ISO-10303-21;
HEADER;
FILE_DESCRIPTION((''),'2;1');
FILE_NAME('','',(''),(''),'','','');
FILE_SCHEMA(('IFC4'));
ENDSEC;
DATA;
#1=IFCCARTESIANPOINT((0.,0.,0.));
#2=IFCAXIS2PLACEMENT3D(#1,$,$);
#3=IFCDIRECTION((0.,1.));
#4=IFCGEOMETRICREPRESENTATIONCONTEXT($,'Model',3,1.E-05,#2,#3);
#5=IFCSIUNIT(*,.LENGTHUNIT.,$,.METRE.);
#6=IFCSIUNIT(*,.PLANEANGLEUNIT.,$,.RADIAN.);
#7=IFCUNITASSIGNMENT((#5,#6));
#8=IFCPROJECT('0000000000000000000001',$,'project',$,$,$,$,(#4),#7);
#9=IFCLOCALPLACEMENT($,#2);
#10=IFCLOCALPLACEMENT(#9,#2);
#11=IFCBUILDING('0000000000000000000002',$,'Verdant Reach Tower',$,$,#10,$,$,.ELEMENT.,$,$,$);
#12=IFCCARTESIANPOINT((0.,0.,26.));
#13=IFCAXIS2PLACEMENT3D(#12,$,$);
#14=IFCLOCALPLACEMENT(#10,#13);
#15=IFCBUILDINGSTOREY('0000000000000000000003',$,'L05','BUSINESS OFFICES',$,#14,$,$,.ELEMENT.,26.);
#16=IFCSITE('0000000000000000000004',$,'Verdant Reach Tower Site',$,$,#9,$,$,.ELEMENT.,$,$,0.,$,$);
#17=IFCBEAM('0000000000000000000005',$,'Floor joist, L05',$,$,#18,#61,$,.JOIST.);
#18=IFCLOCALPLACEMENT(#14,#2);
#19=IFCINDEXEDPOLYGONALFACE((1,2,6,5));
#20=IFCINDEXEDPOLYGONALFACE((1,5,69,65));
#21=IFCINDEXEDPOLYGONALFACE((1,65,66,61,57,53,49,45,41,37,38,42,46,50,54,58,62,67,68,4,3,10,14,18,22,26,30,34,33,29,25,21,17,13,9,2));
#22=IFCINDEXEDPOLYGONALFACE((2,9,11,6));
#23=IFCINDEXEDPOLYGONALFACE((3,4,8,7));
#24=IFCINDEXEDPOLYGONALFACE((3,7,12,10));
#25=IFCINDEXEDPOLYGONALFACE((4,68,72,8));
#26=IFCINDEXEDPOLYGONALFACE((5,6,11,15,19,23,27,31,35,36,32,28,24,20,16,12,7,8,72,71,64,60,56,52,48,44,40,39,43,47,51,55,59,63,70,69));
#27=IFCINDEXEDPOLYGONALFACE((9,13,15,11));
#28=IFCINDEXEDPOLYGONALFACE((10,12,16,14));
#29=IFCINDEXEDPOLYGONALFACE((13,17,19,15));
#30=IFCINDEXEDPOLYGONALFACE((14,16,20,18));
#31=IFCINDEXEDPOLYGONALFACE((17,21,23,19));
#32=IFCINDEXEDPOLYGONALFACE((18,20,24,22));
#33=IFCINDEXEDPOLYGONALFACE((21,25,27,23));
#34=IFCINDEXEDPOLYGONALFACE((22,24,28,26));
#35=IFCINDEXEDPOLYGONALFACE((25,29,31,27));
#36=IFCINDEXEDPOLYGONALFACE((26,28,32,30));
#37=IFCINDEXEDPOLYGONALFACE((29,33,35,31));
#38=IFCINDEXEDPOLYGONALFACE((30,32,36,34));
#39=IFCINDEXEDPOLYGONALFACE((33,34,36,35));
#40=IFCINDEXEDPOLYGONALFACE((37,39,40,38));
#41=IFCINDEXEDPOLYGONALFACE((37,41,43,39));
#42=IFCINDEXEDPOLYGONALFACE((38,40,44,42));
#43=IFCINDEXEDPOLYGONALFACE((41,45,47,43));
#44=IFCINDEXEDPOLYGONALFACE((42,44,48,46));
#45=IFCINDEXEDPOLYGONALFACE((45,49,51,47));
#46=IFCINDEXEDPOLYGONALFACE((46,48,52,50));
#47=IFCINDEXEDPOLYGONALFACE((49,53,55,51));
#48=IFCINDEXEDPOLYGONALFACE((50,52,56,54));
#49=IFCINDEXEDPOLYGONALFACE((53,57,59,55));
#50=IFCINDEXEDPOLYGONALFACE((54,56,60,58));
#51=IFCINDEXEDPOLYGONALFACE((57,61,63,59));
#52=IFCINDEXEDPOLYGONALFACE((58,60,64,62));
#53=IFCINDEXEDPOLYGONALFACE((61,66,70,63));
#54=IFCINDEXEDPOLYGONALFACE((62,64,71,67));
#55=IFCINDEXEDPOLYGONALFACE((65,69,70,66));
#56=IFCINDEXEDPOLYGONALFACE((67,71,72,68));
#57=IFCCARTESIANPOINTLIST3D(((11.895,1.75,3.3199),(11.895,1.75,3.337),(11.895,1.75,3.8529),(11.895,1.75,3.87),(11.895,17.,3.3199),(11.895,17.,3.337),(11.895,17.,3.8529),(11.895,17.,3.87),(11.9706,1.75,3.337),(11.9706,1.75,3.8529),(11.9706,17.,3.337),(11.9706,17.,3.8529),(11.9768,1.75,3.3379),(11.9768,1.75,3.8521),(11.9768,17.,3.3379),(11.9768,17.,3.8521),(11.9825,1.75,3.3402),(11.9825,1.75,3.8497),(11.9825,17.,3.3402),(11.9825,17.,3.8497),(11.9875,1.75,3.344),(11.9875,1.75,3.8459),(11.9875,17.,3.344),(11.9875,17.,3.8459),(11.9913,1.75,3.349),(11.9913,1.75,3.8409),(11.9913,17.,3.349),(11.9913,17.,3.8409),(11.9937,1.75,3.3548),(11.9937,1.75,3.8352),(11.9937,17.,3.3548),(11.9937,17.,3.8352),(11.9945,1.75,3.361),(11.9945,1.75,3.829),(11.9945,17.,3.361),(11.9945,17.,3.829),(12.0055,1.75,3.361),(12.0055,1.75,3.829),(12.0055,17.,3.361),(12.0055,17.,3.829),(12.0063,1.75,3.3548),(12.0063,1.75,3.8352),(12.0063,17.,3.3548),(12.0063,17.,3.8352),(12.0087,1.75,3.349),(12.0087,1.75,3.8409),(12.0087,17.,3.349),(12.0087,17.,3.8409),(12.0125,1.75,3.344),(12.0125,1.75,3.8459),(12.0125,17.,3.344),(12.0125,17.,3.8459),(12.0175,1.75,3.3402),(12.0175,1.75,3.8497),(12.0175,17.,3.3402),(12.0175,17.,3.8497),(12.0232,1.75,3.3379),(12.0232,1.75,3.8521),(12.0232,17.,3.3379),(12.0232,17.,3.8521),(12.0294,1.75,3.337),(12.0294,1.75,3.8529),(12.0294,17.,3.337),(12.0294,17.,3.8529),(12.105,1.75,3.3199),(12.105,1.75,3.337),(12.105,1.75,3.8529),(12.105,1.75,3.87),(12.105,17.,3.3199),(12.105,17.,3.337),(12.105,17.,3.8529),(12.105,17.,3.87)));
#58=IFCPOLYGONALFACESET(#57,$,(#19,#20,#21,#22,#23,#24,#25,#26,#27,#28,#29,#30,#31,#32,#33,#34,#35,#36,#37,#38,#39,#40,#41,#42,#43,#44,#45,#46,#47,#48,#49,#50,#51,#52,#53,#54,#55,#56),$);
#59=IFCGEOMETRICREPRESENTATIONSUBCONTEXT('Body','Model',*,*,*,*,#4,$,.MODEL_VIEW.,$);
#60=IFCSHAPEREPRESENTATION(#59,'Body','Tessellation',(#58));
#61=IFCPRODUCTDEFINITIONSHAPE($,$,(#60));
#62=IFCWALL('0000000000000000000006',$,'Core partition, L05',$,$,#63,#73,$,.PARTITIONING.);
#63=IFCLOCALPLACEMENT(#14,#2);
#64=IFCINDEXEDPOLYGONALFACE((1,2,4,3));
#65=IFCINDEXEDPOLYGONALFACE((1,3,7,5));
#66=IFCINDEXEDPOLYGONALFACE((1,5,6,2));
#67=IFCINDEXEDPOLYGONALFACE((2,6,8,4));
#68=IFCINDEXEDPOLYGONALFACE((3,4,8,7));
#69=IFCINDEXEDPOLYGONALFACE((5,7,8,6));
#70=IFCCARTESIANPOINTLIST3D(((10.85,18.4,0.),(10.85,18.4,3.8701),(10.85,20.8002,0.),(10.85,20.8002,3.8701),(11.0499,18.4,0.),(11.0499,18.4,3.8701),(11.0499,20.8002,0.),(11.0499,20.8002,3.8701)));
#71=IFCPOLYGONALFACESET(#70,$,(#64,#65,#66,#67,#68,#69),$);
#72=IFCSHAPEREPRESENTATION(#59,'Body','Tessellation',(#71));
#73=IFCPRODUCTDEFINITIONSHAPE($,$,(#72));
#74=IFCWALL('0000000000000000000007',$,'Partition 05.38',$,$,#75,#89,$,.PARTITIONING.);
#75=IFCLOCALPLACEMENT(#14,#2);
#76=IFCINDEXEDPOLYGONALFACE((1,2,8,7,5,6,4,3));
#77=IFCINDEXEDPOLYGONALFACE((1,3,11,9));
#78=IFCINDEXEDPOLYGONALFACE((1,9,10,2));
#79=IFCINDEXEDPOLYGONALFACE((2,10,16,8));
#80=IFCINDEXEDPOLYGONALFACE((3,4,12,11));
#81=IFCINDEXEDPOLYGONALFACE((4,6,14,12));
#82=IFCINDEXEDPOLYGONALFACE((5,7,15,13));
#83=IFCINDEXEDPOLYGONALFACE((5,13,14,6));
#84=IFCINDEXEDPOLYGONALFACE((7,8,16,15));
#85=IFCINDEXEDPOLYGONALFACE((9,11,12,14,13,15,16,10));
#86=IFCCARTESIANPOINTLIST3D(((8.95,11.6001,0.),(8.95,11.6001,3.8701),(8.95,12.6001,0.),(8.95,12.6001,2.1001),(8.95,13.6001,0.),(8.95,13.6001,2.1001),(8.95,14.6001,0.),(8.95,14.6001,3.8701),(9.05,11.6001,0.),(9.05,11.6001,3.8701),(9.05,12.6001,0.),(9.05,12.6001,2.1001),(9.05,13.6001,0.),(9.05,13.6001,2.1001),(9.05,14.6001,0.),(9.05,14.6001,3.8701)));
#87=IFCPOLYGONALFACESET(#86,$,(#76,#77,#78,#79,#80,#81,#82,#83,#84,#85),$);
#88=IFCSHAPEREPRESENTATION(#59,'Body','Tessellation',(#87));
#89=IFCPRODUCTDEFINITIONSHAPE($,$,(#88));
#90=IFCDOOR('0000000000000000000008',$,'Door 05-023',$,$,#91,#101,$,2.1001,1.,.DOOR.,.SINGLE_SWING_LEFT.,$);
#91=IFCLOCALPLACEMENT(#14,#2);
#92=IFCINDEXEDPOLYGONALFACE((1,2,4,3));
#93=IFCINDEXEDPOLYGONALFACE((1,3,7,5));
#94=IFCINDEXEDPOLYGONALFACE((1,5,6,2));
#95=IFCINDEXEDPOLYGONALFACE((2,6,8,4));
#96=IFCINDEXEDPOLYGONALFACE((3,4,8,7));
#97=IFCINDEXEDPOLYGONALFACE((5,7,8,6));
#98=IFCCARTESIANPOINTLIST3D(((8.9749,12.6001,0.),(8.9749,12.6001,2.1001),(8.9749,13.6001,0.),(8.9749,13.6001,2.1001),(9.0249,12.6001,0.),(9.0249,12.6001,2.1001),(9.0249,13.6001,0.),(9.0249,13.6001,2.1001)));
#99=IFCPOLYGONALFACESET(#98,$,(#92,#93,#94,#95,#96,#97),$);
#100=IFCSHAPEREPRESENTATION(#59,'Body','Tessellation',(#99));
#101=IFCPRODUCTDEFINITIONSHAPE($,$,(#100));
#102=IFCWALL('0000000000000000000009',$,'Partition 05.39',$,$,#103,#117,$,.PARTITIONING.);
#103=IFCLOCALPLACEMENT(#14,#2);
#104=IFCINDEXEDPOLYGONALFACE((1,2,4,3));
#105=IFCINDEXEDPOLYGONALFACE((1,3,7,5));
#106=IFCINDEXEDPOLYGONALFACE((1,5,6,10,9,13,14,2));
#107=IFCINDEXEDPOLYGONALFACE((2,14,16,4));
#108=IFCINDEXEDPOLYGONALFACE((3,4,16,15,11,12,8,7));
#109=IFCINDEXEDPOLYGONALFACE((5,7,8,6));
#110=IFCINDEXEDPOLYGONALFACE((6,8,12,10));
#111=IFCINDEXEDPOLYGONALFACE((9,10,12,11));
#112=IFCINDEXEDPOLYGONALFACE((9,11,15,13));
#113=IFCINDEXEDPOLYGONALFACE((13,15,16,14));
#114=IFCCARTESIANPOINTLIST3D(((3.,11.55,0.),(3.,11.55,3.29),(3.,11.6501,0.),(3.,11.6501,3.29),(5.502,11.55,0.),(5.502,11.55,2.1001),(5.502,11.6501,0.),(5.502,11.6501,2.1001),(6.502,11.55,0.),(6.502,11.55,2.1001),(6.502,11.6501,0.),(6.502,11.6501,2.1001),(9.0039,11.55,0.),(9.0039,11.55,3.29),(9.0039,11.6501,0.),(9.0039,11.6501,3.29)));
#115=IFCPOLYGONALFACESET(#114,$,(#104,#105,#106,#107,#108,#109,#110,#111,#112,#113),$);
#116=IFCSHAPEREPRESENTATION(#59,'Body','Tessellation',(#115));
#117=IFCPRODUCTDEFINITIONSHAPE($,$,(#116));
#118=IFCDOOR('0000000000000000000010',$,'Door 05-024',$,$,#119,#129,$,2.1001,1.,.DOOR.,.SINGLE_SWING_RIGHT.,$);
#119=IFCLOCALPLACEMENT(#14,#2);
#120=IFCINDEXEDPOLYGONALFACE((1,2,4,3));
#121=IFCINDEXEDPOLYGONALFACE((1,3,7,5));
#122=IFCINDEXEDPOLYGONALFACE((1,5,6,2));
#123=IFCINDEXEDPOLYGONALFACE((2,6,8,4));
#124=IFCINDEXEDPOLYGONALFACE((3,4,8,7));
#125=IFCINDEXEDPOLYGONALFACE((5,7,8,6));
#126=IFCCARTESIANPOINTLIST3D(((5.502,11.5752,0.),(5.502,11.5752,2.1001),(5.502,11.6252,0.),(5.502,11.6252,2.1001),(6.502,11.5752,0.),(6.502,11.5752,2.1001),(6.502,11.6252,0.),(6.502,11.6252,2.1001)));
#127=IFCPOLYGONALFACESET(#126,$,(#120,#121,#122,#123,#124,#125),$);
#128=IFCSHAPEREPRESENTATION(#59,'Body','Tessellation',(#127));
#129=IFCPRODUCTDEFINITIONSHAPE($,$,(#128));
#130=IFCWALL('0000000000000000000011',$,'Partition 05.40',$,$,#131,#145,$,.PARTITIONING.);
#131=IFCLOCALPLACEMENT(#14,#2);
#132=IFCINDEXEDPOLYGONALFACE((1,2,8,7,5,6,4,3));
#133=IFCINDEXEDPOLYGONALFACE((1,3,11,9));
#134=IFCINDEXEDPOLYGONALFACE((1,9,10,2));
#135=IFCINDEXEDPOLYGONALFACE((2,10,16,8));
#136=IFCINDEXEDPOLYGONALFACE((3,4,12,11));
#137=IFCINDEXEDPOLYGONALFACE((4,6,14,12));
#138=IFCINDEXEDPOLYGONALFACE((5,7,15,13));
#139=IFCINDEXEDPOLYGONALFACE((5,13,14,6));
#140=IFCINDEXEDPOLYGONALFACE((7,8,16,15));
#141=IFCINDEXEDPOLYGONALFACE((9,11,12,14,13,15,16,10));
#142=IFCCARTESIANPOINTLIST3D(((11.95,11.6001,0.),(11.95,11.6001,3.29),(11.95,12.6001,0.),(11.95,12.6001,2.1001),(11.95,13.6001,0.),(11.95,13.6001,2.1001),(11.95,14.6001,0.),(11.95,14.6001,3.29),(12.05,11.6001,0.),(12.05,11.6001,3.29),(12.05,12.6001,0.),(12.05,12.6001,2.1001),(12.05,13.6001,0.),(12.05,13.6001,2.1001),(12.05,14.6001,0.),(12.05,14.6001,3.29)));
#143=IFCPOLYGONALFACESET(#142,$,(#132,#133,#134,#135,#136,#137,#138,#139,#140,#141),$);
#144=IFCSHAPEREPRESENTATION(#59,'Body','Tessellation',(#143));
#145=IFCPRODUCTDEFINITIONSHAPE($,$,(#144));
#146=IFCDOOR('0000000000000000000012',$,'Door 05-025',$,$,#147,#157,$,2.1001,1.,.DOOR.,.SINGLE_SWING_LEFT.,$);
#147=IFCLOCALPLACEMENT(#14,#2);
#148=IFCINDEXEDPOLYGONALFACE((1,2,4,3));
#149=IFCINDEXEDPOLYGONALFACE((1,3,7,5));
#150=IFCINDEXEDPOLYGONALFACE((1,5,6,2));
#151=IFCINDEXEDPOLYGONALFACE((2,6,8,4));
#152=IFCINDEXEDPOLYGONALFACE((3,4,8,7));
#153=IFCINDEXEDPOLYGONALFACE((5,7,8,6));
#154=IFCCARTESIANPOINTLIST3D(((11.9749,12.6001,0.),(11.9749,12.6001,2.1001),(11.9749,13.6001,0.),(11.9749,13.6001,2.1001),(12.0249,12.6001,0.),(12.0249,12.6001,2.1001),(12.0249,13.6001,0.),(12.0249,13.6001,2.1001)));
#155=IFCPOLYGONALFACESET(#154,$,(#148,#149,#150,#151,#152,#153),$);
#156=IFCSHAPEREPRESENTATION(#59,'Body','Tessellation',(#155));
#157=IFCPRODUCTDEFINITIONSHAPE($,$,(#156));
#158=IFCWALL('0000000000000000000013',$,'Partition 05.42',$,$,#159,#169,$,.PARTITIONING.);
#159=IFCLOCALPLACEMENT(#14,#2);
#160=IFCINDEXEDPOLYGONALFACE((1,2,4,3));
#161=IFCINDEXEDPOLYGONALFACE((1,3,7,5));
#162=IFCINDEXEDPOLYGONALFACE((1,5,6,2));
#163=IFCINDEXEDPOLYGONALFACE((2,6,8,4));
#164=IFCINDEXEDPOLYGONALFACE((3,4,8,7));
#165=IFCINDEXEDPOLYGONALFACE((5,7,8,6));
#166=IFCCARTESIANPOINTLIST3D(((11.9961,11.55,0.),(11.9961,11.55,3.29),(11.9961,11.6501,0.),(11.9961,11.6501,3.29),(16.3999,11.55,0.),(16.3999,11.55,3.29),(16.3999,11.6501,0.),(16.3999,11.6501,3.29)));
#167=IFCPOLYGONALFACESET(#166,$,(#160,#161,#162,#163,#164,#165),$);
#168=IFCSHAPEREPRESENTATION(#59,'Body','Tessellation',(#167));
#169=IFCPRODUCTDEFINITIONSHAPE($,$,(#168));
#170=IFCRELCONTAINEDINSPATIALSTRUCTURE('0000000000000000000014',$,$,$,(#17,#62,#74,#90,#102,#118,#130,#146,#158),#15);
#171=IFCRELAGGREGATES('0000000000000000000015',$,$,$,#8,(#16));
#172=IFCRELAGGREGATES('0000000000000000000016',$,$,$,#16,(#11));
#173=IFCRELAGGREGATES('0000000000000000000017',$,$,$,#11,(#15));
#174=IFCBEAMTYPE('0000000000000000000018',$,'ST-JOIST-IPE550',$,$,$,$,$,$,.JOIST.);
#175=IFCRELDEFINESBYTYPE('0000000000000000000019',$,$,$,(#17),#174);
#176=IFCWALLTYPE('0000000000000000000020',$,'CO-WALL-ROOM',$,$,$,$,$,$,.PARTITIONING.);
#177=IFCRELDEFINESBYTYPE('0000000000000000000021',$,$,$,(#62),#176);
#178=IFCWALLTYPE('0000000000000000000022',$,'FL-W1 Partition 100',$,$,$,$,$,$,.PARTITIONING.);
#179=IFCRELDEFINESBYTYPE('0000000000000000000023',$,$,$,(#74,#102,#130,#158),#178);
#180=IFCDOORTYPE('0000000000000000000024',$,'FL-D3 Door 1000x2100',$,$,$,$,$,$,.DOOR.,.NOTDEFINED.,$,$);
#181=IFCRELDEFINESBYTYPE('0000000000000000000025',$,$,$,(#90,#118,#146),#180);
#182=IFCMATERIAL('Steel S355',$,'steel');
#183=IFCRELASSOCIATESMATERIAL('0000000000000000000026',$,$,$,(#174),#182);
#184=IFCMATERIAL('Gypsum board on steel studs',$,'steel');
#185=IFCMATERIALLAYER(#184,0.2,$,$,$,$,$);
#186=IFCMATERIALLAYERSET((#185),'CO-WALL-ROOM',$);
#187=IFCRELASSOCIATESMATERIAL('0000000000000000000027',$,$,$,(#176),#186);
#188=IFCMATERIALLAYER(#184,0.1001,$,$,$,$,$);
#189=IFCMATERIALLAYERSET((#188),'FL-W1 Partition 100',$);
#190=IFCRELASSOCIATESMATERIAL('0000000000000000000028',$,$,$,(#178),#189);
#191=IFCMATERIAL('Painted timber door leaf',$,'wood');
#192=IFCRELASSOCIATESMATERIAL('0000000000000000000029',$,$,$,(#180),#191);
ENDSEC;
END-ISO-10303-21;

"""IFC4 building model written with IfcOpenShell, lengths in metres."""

from ifc_helpers import new_model, si_unit, direction, frame, frame_2d, origin, origin_2d, place, context, subcontext, project, spatial, rectangle, i_section, extrude, material, layer, layer_set, material_profile, profile_set, type_object, element, fill, save


model = new_model("IFC4")

# Units and contexts
model_context = context("Model", 3, precision=1e-05, world=origin(), true_north=direction((0.0, 1.0)))
body_context = subcontext(model_context, "Body", "Model", "MODEL_VIEW")
ifc_project = project(units=[si_unit("LENGTHUNIT", "METRE"), si_unit("PLANEANGLEUNIT", "RADIAN")], contexts=[model_context])

# Site, building, storey
site_placement = place(None, origin())
site = spatial("IfcSite", under=ifc_project, at=site_placement, Name="Verdant Reach Tower Site", CompositionType="ELEMENT", RefElevation=0.0)
building_placement = place(site_placement, origin())
building = spatial("IfcBuilding", under=site, at=building_placement, Name="Verdant Reach Tower", CompositionType="ELEMENT")
storey_placement = place(building_placement, frame((0.0, 0.0, 26.0)))
storey = spatial("IfcBuildingStorey", under=building, at=storey_placement, Name="L05", Description="BUSINESS OFFICES", CompositionType="ELEMENT", Elevation=26.0)

# Beam
ifc_material_1 = material(Name="Steel S355", Category="steel")
ifc_material_profile_1 = material_profile(ifc_material_1, i_section(OverallWidth=0.21, OverallDepth=0.55, WebThickness=0.011, FlangeThickness=0.0171, FilletRadius=0.0239, at=origin_2d()), Name="IPE 550")
ifc_profile_set_1 = profile_set([ifc_material_profile_1], Name="Steel S355")
beam_type_1 = type_object("IfcBeamType", Name="ST-JOIST-IPE550", PredefinedType="JOIST", material=ifc_profile_set_1)
beam_1_placement = place(storey_placement, frame((12.0, 17.0, 3.595), z_axis=(0.0, -1.0, 0.0), x_axis=(1.0, 0.0, 0.0)))
element("IfcBeam", 1, at=beam_1_placement, inside=storey, type_object=beam_type_1, Name="Floor joist, L05", PredefinedType="JOIST", context=body_context, shape_type="SweptSolid", body=[
    extrude(i_section(OverallWidth=0.21, OverallDepth=0.55, WebThickness=0.011, FlangeThickness=0.0171, FilletRadius=0.0239, at=origin_2d()), origin(), (0.0, 0.0, 1.0), 15.25),
])

# Wall
ifc_material_2 = material(Name="Gypsum board on steel studs", Category="steel")
ifc_layer_1 = layer(ifc_material_2, 0.2)
ifc_layer_set_1 = layer_set([ifc_layer_1], Name="CO-WALL-ROOM")
wall_type_1 = type_object("IfcWallType", Name="CO-WALL-ROOM", PredefinedType="PARTITIONING", material=ifc_layer_set_1)
wall_1_placement = place(storey_placement, frame((10.95, 18.3999, 0.0), z_axis=(0.0, 0.0, 1.0), x_axis=(0.0, 1.0, 0.0)))
element("IfcWall", 2, at=wall_1_placement, inside=storey, type_object=wall_type_1, Name="Core partition, L05", PredefinedType="PARTITIONING", context=body_context, shape_type="SweptSolid", body=[
    extrude(rectangle(XDim=2.4001, YDim=0.2, at=frame_2d((1.2002, 0.0))), origin(), (0.0, 0.0, 1.0), 3.8701),
])

# Walls, openings, doors
ifc_layer_2 = layer(ifc_material_2, 0.1001)
ifc_layer_set_2 = layer_set([ifc_layer_2], Name="FL-W1 Partition 100")
wall_type_2 = type_object("IfcWallType", Name="FL-W1 Partition 100", PredefinedType="PARTITIONING", material=ifc_layer_set_2)
wall_2_placement = place(storey_placement, frame((9.0, 14.6001, 0.0), z_axis=(0.0, 0.0, 1.0), x_axis=(0.0, -1.0, 0.0)))
wall_2 = element("IfcWall", 3, at=wall_2_placement, inside=storey, type_object=wall_type_2, Name="Partition 05.38", PredefinedType="PARTITIONING", context=body_context, shape_type="SweptSolid", body=[
    extrude(rectangle(XDim=3.0, YDim=0.1001, at=frame_2d((1.5, 0.0))), origin(), (0.0, 0.0, 1.0), 3.8701),
])
opening_1_placement = place(wall_2_placement, frame((1.0, 0.0, 0.0)))
opening_1 = element("IfcOpeningElement", 4, at=opening_1_placement, cuts=wall_2, PredefinedType="OPENING", context=body_context, shape_type="SweptSolid", body=[
    extrude(rectangle(XDim=1.0, YDim=2.1001, at=frame_2d((0.5, 1.05))), frame((0.0, 0.0601, 0.0), z_axis=(0.0, -1.0, 0.0), x_axis=(1.0, 0.0, 0.0)), (0.0, 0.0, 1.0), 0.1201),
])
ifc_material_3 = material(Name="Painted timber door leaf", Category="wood")
door_type_1 = type_object("IfcDoorType", Name="FL-D3 Door 1000x2100", OperationType="NOTDEFINED", PredefinedType="DOOR", material=ifc_material_3)
door_1_placement = place(opening_1_placement, origin())
door_1 = element("IfcDoor", 5, at=door_1_placement, inside=storey, type_object=door_type_1, Name="Door 05-023", OperationType="SINGLE_SWING_LEFT", OverallHeight=2.1001, OverallWidth=1.0, PredefinedType="DOOR", context=body_context, shape_type="SweptSolid", body=[
    extrude(rectangle(XDim=1.0, YDim=2.1001, at=frame_2d((0.5, 1.05))), frame((0.0, 0.0249, 0.0), z_axis=(0.0, -1.0, 0.0), x_axis=(1.0, 0.0, 0.0)), (0.0, 0.0, 1.0), 0.05),
])
fill(opening_1, door_1)
wall_3_placement = place(storey_placement, frame((9.0039, 11.6001, 0.0), z_axis=(0.0, 0.0, 1.0), x_axis=(-1.0, 0.0, 0.0)))
wall_3 = element("IfcWall", 6, at=wall_3_placement, inside=storey, type_object=wall_type_2, Name="Partition 05.39", PredefinedType="PARTITIONING", context=body_context, shape_type="SweptSolid", body=[
    extrude(rectangle(XDim=6.0039, YDim=0.1001, at=frame_2d((3.002, 0.0))), origin(), (0.0, 0.0, 1.0), 3.29),
])
opening_2_placement = place(wall_3_placement, frame((2.502, 0.0, 0.0)))
opening_2 = element("IfcOpeningElement", 7, at=opening_2_placement, cuts=wall_3, PredefinedType="OPENING", context=body_context, shape_type="SweptSolid", body=[
    extrude(rectangle(XDim=1.0, YDim=2.1001, at=frame_2d((0.5, 1.05))), frame((0.0, 0.0601, 0.0), z_axis=(0.0, -1.0, 0.0), x_axis=(1.0, 0.0, 0.0)), (0.0, 0.0, 1.0), 0.1201),
])
door_2_placement = place(opening_2_placement, origin())
door_2 = element("IfcDoor", 8, at=door_2_placement, inside=storey, type_object=door_type_1, Name="Door 05-024", OperationType="SINGLE_SWING_RIGHT", OverallHeight=2.1001, OverallWidth=1.0, PredefinedType="DOOR", context=body_context, shape_type="SweptSolid", body=[
    extrude(rectangle(XDim=1.0, YDim=2.1001, at=frame_2d((0.5, 1.05))), frame((0.0, 0.0249, 0.0), z_axis=(0.0, -1.0, 0.0), x_axis=(1.0, 0.0, 0.0)), (0.0, 0.0, 1.0), 0.05),
])
fill(opening_2, door_2)
wall_4_placement = place(storey_placement, frame((12.0, 14.6001, 0.0), z_axis=(0.0, 0.0, 1.0), x_axis=(0.0, -1.0, 0.0)))
wall_4 = element("IfcWall", 9, at=wall_4_placement, inside=storey, type_object=wall_type_2, Name="Partition 05.40", PredefinedType="PARTITIONING", context=body_context, shape_type="SweptSolid", body=[
    extrude(rectangle(XDim=3.0, YDim=0.1001, at=frame_2d((1.5, 0.0))), origin(), (0.0, 0.0, 1.0), 3.29),
])
opening_3_placement = place(wall_4_placement, frame((1.0, 0.0, 0.0)))
opening_3 = element("IfcOpeningElement", 10, at=opening_3_placement, cuts=wall_4, PredefinedType="OPENING", context=body_context, shape_type="SweptSolid", body=[
    extrude(rectangle(XDim=1.0, YDim=2.1001, at=frame_2d((0.5, 1.05))), frame((0.0, 0.0601, 0.0), z_axis=(0.0, -1.0, 0.0), x_axis=(1.0, 0.0, 0.0)), (0.0, 0.0, 1.0), 0.1201),
])
door_3_placement = place(opening_3_placement, origin())
door_3 = element("IfcDoor", 11, at=door_3_placement, inside=storey, type_object=door_type_1, Name="Door 05-025", OperationType="SINGLE_SWING_LEFT", OverallHeight=2.1001, OverallWidth=1.0, PredefinedType="DOOR", context=body_context, shape_type="SweptSolid", body=[
    extrude(rectangle(XDim=1.0, YDim=2.1001, at=frame_2d((0.5, 1.05))), frame((0.0, 0.0249, 0.0), z_axis=(0.0, -1.0, 0.0), x_axis=(1.0, 0.0, 0.0)), (0.0, 0.0, 1.0), 0.05),
])
fill(opening_3, door_3)

# Wall
wall_5_placement = place(storey_placement, frame((11.9961, 11.6001, 0.0), z_axis=(0.0, 0.0, 1.0), x_axis=(1.0, 0.0, 0.0)))
element("IfcWall", 12, at=wall_5_placement, inside=storey, type_object=wall_type_2, Name="Partition 05.42", PredefinedType="PARTITIONING", context=body_context, shape_type="SweptSolid", body=[
    extrude(rectangle(XDim=4.4038, YDim=0.1001, at=frame_2d((2.2019, 0.0))), origin(), (0.0, 0.0, 1.0), 3.29),
])

save(model, "model.ifc")
